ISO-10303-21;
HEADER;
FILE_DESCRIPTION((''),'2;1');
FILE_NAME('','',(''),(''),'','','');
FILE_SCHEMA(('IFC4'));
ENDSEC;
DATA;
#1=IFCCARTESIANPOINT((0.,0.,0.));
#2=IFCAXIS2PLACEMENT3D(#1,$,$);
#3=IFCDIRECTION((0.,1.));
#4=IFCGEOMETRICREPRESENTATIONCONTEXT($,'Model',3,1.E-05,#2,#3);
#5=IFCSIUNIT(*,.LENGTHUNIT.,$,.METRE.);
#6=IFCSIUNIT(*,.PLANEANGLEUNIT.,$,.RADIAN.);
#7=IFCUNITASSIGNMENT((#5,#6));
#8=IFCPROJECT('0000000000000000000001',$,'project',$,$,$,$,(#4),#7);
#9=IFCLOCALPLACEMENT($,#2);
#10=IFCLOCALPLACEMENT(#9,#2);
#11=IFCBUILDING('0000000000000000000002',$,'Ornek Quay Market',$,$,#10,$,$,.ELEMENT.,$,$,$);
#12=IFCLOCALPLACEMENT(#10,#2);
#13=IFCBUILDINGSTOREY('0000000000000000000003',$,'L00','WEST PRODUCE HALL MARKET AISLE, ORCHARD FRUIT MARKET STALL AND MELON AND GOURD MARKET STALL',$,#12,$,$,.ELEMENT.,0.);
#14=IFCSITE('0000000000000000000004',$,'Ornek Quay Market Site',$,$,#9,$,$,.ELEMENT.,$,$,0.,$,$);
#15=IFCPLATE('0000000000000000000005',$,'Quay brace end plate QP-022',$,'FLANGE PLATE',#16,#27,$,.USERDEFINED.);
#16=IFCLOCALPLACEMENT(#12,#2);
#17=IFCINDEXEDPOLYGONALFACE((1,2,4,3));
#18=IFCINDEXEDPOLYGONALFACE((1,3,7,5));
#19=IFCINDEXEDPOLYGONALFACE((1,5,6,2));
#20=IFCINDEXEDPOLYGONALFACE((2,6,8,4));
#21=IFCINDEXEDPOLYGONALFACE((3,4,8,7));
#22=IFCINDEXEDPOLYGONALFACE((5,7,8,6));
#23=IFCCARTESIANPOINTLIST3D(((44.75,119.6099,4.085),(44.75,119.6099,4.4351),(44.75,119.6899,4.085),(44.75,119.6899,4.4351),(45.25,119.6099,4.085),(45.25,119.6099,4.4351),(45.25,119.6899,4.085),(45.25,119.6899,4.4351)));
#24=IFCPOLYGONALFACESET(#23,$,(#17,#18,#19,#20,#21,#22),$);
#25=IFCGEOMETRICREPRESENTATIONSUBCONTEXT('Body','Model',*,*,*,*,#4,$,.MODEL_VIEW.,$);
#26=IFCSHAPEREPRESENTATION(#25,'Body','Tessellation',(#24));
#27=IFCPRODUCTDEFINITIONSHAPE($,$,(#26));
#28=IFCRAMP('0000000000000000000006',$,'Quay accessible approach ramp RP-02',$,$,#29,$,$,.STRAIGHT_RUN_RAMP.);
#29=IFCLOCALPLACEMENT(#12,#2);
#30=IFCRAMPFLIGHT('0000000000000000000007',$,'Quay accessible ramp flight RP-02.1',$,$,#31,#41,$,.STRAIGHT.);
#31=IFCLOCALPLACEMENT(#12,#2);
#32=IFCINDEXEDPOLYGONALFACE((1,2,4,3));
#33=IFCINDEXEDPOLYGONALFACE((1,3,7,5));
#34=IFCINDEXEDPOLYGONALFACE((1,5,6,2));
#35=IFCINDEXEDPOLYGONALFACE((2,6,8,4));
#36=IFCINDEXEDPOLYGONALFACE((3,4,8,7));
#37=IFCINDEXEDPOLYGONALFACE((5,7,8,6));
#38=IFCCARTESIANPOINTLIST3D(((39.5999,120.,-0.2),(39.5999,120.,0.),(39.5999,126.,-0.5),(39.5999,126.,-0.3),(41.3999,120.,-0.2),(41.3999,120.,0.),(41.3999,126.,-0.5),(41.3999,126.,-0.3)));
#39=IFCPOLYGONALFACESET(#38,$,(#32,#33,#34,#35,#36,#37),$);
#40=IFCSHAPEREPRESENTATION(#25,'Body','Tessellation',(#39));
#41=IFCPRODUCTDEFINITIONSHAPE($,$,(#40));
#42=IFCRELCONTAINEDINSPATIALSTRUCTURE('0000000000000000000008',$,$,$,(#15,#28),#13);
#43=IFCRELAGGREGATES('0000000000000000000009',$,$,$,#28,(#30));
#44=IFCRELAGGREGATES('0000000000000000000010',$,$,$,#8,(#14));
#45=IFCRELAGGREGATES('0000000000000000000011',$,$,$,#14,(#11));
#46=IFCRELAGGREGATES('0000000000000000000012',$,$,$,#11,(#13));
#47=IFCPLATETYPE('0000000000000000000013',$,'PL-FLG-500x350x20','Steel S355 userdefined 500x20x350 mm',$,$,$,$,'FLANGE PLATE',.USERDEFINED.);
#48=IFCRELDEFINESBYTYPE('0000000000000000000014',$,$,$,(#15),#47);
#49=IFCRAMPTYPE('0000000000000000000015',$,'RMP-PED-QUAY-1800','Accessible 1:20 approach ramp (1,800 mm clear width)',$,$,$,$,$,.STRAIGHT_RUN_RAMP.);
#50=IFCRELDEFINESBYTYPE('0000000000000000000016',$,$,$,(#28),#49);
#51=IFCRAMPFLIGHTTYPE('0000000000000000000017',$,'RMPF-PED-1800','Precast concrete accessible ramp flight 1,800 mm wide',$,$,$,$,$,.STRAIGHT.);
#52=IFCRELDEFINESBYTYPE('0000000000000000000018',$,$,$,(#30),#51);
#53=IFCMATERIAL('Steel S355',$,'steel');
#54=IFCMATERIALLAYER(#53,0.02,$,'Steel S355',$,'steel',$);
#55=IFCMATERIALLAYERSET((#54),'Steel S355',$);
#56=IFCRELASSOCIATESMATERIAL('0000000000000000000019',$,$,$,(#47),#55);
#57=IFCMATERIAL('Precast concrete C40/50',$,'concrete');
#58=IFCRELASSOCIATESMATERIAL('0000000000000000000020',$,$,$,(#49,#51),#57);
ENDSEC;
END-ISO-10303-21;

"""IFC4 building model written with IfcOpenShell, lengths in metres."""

from ifc_helpers import new_model, si_unit, direction, frame, origin, origin_2d, place, context, subcontext, project, spatial, polyline, rectangle, outline, extrude, material, layer, layer_set, type_object, element, aggregate, save


model = new_model("IFC4")

# Units and contexts
model_context = context("Model", 3, precision=1e-05, world=origin(), true_north=direction((0.0, 1.0)))
body_context = subcontext(model_context, "Body", "Model", "MODEL_VIEW")
ifc_project = project(units=[si_unit("LENGTHUNIT", "METRE"), si_unit("PLANEANGLEUNIT", "RADIAN")], contexts=[model_context])

# Site, building, storey
site_placement = place(None, origin())
site = spatial("IfcSite", under=ifc_project, at=site_placement, Name="Ornek Quay Market Site", CompositionType="ELEMENT", RefElevation=0.0)
building_placement = place(site_placement, origin())
building = spatial("IfcBuilding", under=site, at=building_placement, Name="Ornek Quay Market", CompositionType="ELEMENT")
storey_placement = place(building_placement, origin())
storey = spatial("IfcBuildingStorey", under=building, at=storey_placement, Name="L00", Description="WEST PRODUCE HALL MARKET AISLE, ORCHARD FRUIT MARKET STALL AND MELON AND GOURD MARKET STALL", CompositionType="ELEMENT", Elevation=0.0)

# Plate
ifc_material_1 = material(Name="Steel S355", Category="steel")
ifc_layer_1 = layer(ifc_material_1, 0.02, Name="Steel S355", Category="steel")
ifc_layer_set_1 = layer_set([ifc_layer_1], Name="Steel S355")
plate_type_1 = type_object("IfcPlateType", Name="PL-FLG-500x350x20", Description="Steel S355 userdefined 500x20x350 mm", ElementType="FLANGE PLATE", PredefinedType="USERDEFINED", material=ifc_layer_set_1)
plate_1_placement = place(storey_placement, frame((45.0, 119.6499, 4.085), z_axis=(0.0, 0.0, 1.0), x_axis=(1.0, 0.0, 0.0)))
element("IfcPlate", 1, at=plate_1_placement, inside=storey, type_object=plate_type_1, Name="Quay brace end plate QP-022", ObjectType="FLANGE PLATE", PredefinedType="USERDEFINED", context=body_context, shape_type="SweptSolid", body=[
    extrude(rectangle(XDim=0.5, YDim=0.0801, at=origin_2d()), origin(), (0.0, 0.0, 1.0), 0.3501),
])

# Ramp, ramp flight
ifc_material_2 = material(Name="Precast concrete C40/50", Category="concrete")
ramp_type = type_object("IfcRampType", Name="RMP-PED-QUAY-1800", Description="Accessible 1:20 approach ramp (1,800 mm clear width)", PredefinedType="STRAIGHT_RUN_RAMP", material=ifc_material_2)
ramp_placement = place(storey_placement, origin())
ramp = element("IfcRamp", 2, at=ramp_placement, inside=storey, type_object=ramp_type, Name="Quay accessible approach ramp RP-02", PredefinedType="STRAIGHT_RUN_RAMP")
ramp_flight_type = type_object("IfcRampFlightType", Name="RMPF-PED-1800", Description="Precast concrete accessible ramp flight 1,800 mm wide", PredefinedType="STRAIGHT", material=ifc_material_2)
ramp_flight_placement = place(storey_placement, frame((40.5, 126.0, -0.3), z_axis=(0.0, 0.0, 1.0), x_axis=(0.0, -1.0, 0.0)))
ramp_flight = element("IfcRampFlight", 3, at=ramp_flight_placement, type_object=ramp_flight_type, Name="Quay accessible ramp flight RP-02.1", PredefinedType="STRAIGHT", context=body_context, shape_type="SweptSolid", body=[
    extrude(outline(polyline([(0.0, 0.0), (6.0, 0.3), (6.0, 0.1001), (0.0, -0.2), (0.0, 0.0)])), frame((0.0, 0.8999, 0.0), z_axis=(0.0, -1.0, 0.0), x_axis=(1.0, 0.0, 0.0)), (0.0, 0.0, 1.0), 1.8),
])
aggregate(ramp, [ramp_flight])

save(model, "model.ifc")
